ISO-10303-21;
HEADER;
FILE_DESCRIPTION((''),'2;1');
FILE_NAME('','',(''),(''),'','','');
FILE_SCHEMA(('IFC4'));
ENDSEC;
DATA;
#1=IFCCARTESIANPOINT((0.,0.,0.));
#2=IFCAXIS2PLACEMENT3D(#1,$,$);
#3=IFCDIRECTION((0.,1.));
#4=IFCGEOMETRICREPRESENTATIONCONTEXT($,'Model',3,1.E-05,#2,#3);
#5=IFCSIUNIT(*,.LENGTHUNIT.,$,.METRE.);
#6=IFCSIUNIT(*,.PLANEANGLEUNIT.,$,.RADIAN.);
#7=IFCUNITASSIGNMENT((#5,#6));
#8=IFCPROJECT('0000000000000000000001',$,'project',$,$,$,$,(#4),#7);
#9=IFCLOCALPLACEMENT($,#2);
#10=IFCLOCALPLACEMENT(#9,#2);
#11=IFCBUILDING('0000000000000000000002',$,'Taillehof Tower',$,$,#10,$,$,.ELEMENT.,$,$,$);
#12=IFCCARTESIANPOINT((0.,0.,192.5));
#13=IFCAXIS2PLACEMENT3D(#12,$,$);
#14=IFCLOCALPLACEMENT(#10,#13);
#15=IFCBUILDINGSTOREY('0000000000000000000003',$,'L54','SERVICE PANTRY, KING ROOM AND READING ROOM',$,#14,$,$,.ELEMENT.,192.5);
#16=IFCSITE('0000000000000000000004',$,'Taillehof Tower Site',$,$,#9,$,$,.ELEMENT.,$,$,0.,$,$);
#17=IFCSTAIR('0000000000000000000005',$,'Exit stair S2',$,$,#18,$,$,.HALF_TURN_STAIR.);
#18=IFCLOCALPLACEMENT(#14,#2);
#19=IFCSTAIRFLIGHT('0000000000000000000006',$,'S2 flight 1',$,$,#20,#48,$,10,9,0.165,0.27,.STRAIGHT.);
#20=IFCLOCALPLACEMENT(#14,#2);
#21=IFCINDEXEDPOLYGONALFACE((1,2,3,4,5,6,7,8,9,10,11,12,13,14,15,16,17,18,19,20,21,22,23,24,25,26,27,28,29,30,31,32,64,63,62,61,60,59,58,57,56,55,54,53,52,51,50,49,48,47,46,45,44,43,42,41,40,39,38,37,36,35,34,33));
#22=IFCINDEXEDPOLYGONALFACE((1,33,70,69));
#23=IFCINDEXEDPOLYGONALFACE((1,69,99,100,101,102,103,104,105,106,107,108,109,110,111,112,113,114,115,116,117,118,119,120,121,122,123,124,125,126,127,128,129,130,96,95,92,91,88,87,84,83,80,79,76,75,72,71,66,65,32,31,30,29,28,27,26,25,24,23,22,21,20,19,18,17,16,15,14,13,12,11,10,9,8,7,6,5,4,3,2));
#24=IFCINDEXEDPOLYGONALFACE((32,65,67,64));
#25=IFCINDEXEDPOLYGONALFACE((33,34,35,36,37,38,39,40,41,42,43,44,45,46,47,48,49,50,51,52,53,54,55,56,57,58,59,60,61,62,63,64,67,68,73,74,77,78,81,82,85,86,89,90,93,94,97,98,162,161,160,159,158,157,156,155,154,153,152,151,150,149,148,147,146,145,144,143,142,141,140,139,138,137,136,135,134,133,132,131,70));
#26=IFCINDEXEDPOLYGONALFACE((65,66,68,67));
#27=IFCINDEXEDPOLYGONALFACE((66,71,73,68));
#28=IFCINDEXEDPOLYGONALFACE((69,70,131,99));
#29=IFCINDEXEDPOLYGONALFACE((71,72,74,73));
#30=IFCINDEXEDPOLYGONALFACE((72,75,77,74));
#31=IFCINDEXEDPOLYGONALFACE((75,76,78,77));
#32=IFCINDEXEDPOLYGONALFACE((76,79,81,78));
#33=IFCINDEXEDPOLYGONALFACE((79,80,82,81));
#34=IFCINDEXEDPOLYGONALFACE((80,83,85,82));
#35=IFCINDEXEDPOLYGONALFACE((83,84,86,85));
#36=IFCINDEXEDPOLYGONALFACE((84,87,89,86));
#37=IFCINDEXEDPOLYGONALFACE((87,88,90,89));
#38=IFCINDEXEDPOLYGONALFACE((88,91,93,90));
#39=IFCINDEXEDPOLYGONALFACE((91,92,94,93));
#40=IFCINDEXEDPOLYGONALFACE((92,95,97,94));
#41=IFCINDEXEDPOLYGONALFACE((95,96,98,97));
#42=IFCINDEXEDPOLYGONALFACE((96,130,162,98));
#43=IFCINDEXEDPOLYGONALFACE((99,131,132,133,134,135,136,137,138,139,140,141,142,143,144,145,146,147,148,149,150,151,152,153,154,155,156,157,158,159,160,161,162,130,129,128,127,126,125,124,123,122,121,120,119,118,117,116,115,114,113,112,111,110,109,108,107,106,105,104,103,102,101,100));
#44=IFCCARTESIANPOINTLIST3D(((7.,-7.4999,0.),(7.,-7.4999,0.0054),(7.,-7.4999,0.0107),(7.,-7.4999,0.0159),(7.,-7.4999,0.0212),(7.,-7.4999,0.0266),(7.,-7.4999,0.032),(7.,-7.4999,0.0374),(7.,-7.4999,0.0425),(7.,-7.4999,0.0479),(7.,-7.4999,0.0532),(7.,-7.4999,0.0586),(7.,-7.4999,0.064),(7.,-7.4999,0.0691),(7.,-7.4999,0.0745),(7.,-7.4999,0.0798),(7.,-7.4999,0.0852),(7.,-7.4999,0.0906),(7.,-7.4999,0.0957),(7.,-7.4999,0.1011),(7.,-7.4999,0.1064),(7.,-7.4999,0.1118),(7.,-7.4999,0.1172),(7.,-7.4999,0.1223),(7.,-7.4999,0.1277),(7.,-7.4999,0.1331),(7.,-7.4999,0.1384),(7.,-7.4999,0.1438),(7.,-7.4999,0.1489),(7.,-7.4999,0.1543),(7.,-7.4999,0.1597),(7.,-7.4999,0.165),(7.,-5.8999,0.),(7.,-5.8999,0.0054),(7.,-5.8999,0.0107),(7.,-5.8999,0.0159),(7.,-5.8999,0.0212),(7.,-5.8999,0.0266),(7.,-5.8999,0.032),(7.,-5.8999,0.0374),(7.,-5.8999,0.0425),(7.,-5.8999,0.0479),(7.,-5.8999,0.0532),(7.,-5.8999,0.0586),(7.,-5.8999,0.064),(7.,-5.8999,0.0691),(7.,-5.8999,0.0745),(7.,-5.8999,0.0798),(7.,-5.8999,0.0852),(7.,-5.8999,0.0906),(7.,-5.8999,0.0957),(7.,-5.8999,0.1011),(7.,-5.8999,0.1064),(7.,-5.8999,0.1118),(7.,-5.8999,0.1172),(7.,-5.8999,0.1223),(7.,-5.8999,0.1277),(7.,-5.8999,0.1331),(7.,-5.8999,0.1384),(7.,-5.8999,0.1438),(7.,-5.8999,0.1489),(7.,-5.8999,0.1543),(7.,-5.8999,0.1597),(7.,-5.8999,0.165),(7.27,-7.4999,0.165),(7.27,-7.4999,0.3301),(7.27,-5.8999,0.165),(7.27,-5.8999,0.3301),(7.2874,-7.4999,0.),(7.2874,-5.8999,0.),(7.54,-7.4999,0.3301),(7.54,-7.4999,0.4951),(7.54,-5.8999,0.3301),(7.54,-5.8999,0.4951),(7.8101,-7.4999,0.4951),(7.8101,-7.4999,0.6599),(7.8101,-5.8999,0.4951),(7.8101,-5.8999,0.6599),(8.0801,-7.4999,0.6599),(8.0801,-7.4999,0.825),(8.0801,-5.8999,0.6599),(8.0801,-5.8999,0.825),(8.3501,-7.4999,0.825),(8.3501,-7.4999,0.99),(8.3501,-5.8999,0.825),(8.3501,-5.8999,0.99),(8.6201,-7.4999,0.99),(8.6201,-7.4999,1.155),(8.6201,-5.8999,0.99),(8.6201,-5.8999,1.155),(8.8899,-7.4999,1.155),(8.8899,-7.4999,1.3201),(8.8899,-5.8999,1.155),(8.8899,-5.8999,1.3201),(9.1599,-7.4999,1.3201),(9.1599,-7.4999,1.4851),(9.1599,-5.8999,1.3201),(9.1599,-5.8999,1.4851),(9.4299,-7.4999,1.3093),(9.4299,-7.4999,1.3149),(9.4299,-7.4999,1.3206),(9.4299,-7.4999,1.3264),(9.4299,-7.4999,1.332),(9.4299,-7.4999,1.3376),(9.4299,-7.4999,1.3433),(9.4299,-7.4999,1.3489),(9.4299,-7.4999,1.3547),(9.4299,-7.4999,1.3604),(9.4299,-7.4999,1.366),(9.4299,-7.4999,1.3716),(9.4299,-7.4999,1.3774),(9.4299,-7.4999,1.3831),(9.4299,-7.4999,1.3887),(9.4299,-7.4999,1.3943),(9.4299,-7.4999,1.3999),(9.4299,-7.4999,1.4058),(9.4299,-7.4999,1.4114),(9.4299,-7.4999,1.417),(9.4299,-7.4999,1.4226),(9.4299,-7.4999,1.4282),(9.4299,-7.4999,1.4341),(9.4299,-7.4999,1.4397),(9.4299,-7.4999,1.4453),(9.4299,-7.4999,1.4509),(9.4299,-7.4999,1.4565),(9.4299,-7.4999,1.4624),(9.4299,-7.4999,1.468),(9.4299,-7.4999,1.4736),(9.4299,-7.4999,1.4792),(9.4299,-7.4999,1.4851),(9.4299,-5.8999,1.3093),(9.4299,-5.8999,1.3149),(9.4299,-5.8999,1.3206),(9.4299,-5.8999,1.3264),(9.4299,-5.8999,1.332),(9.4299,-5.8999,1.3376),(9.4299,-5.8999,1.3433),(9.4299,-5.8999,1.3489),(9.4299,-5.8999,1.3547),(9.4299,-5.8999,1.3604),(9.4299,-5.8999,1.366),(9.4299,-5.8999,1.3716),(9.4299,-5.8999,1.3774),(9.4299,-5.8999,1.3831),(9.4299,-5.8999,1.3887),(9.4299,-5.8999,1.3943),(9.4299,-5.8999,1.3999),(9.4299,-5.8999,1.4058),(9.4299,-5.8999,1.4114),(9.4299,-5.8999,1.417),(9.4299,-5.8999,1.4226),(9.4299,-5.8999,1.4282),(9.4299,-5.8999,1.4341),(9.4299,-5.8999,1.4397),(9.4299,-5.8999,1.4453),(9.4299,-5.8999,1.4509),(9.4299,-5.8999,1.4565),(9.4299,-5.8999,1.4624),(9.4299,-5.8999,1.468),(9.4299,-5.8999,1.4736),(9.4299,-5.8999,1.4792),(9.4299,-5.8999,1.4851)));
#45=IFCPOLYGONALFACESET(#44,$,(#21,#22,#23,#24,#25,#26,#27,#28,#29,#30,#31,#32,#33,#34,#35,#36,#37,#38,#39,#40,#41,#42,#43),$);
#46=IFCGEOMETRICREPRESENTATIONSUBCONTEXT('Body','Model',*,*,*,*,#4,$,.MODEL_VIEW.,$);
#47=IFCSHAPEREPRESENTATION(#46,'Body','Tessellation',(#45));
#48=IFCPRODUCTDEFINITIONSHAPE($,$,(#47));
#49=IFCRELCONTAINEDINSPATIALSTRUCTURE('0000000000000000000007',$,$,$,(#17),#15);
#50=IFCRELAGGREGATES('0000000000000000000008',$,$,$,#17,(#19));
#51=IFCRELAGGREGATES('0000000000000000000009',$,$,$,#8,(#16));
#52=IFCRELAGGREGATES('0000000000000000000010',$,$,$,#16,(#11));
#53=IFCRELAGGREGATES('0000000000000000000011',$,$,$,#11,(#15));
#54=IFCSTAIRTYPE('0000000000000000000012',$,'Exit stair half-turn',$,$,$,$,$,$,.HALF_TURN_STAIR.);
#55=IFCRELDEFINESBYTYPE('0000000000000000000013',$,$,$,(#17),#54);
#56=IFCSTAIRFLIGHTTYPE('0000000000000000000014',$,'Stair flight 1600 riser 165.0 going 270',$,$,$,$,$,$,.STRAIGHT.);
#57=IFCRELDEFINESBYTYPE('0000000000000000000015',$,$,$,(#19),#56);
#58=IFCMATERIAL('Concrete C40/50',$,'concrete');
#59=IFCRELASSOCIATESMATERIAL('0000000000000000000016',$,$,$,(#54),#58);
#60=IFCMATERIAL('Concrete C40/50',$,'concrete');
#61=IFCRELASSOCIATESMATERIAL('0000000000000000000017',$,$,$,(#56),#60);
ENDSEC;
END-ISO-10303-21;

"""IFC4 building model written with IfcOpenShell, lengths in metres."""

from ifc_helpers import new_model, si_unit, direction, frame, origin, place, context, subcontext, project, spatial, polyline, outline, extrude, material, type_object, element, aggregate, save


model = new_model("IFC4")

# Units and contexts
model_context = context("Model", 3, precision=1e-05, world=origin(), true_north=direction((0.0, 1.0)))
body_context = subcontext(model_context, "Body", "Model", "MODEL_VIEW")
ifc_project = project(units=[si_unit("LENGTHUNIT", "METRE"), si_unit("PLANEANGLEUNIT", "RADIAN")], contexts=[model_context])

# Site, building, storey
site_placement = place(None, origin())
site = spatial("IfcSite", under=ifc_project, at=site_placement, Name="Taillehof Tower Site", CompositionType="ELEMENT", RefElevation=0.0)
building_placement = place(site_placement, origin())
building = spatial("IfcBuilding", under=site, at=building_placement, Name="Taillehof Tower", CompositionType="ELEMENT")
storey_placement = place(building_placement, frame((0.0, 0.0, 192.5)))
storey = spatial("IfcBuildingStorey", under=building, at=storey_placement, Name="L54", Description="SERVICE PANTRY, KING ROOM AND READING ROOM", CompositionType="ELEMENT", Elevation=192.5)

# Stair
ifc_material_1 = material(Name="Concrete C40/50", Category="concrete")
stair_type = type_object("IfcStairType", Name="Exit stair half-turn", PredefinedType="HALF_TURN_STAIR", material=ifc_material_1)
stair_1_placement = place(storey_placement, origin())
stair_1 = element("IfcStair", 1, at=stair_1_placement, inside=storey, type_object=stair_type, Name="Exit stair S2", PredefinedType="HALF_TURN_STAIR")

# Stair flight
ifc_material_2 = material(Name="Concrete C40/50", Category="concrete")
stair_flight_type = type_object("IfcStairFlightType", Name="Stair flight 1600 riser 165.0 going 270", PredefinedType="STRAIGHT", material=ifc_material_2)
stair_flight_placement = place(storey_placement, frame((7.0, -6.7, 0.0), z_axis=(0.0, 0.0, 1.0), x_axis=(1.0, 0.0, 0.0)))
stair_flight = element("IfcStairFlight", 2, at=stair_flight_placement, type_object=stair_flight_type, Name="S2 flight 1", NumberOfRisers=10, NumberOfTreads=9, PredefinedType="STRAIGHT", RiserHeight=0.165, TreadLength=0.27, context=body_context, shape_type="SweptSolid", body=[
    extrude(outline(polyline([(0.0, 0.0), (0.0, 0.0054), (0.0, 0.0107), (0.0, 0.0159), (0.0, 0.0212), (0.0, 0.0266), (0.0, 0.032), (0.0, 0.0374), (0.0, 0.0425), (0.0, 0.0479), (0.0, 0.0532), (0.0, 0.0586), (0.0, 0.064), (0.0, 0.0691), (0.0, 0.0745), (0.0, 0.0798), (0.0, 0.0852), (0.0, 0.0906), (0.0, 0.0957), (0.0, 0.1011), (0.0, 0.1064), (0.0, 0.1118), (0.0, 0.1172), (0.0, 0.1223), (0.0, 0.1277), (0.0, 0.1331), (0.0, 0.1384), (0.0, 0.1438), (0.0, 0.1489), (0.0, 0.1543), (0.0, 0.1597), (0.0, 0.165), (0.27, 0.165), (0.27, 0.3301), (0.54, 0.3301), (0.54, 0.4951), (0.8101, 0.4951), (0.8101, 0.6599), (1.0801, 0.6599), (1.0801, 0.825), (1.3501, 0.825), (1.3501, 0.99), (1.6201, 0.99), (1.6201, 1.155), (1.8899, 1.155), (1.8899, 1.3201), (2.1599, 1.3201), (2.1599, 1.4851), (2.4299, 1.4851), (2.4299, 1.4792), (2.4299, 1.4736), (2.4299, 1.468), (2.4299, 1.4624), (2.4299, 1.4565), (2.4299, 1.4509), (2.4299, 1.4453), (2.4299, 1.4397), (2.4299, 1.4341), (2.4299, 1.4282), (2.4299, 1.4226), (2.4299, 1.417), (2.4299, 1.4114), (2.4299, 1.4058), (2.4299, 1.3999), (2.4299, 1.3943), (2.4299, 1.3887), (2.4299, 1.3831), (2.4299, 1.3774), (2.4299, 1.3716), (2.4299, 1.366), (2.4299, 1.3604), (2.4299, 1.3547), (2.4299, 1.3489), (2.4299, 1.3433), (2.4299, 1.3376), (2.4299, 1.332), (2.4299, 1.3264), (2.4299, 1.3206), (2.4299, 1.3149), (2.4299, 1.3093), (0.2874, 0.0), (0.0, 0.0)])), frame((0.0, 0.8, 0.0), z_axis=(0.0, -1.0, 0.0), x_axis=(1.0, 0.0, 0.0)), (0.0, 0.0, 1.0), 1.6),
])
aggregate(stair_1, [stair_flight])

save(model, "model.ifc")
